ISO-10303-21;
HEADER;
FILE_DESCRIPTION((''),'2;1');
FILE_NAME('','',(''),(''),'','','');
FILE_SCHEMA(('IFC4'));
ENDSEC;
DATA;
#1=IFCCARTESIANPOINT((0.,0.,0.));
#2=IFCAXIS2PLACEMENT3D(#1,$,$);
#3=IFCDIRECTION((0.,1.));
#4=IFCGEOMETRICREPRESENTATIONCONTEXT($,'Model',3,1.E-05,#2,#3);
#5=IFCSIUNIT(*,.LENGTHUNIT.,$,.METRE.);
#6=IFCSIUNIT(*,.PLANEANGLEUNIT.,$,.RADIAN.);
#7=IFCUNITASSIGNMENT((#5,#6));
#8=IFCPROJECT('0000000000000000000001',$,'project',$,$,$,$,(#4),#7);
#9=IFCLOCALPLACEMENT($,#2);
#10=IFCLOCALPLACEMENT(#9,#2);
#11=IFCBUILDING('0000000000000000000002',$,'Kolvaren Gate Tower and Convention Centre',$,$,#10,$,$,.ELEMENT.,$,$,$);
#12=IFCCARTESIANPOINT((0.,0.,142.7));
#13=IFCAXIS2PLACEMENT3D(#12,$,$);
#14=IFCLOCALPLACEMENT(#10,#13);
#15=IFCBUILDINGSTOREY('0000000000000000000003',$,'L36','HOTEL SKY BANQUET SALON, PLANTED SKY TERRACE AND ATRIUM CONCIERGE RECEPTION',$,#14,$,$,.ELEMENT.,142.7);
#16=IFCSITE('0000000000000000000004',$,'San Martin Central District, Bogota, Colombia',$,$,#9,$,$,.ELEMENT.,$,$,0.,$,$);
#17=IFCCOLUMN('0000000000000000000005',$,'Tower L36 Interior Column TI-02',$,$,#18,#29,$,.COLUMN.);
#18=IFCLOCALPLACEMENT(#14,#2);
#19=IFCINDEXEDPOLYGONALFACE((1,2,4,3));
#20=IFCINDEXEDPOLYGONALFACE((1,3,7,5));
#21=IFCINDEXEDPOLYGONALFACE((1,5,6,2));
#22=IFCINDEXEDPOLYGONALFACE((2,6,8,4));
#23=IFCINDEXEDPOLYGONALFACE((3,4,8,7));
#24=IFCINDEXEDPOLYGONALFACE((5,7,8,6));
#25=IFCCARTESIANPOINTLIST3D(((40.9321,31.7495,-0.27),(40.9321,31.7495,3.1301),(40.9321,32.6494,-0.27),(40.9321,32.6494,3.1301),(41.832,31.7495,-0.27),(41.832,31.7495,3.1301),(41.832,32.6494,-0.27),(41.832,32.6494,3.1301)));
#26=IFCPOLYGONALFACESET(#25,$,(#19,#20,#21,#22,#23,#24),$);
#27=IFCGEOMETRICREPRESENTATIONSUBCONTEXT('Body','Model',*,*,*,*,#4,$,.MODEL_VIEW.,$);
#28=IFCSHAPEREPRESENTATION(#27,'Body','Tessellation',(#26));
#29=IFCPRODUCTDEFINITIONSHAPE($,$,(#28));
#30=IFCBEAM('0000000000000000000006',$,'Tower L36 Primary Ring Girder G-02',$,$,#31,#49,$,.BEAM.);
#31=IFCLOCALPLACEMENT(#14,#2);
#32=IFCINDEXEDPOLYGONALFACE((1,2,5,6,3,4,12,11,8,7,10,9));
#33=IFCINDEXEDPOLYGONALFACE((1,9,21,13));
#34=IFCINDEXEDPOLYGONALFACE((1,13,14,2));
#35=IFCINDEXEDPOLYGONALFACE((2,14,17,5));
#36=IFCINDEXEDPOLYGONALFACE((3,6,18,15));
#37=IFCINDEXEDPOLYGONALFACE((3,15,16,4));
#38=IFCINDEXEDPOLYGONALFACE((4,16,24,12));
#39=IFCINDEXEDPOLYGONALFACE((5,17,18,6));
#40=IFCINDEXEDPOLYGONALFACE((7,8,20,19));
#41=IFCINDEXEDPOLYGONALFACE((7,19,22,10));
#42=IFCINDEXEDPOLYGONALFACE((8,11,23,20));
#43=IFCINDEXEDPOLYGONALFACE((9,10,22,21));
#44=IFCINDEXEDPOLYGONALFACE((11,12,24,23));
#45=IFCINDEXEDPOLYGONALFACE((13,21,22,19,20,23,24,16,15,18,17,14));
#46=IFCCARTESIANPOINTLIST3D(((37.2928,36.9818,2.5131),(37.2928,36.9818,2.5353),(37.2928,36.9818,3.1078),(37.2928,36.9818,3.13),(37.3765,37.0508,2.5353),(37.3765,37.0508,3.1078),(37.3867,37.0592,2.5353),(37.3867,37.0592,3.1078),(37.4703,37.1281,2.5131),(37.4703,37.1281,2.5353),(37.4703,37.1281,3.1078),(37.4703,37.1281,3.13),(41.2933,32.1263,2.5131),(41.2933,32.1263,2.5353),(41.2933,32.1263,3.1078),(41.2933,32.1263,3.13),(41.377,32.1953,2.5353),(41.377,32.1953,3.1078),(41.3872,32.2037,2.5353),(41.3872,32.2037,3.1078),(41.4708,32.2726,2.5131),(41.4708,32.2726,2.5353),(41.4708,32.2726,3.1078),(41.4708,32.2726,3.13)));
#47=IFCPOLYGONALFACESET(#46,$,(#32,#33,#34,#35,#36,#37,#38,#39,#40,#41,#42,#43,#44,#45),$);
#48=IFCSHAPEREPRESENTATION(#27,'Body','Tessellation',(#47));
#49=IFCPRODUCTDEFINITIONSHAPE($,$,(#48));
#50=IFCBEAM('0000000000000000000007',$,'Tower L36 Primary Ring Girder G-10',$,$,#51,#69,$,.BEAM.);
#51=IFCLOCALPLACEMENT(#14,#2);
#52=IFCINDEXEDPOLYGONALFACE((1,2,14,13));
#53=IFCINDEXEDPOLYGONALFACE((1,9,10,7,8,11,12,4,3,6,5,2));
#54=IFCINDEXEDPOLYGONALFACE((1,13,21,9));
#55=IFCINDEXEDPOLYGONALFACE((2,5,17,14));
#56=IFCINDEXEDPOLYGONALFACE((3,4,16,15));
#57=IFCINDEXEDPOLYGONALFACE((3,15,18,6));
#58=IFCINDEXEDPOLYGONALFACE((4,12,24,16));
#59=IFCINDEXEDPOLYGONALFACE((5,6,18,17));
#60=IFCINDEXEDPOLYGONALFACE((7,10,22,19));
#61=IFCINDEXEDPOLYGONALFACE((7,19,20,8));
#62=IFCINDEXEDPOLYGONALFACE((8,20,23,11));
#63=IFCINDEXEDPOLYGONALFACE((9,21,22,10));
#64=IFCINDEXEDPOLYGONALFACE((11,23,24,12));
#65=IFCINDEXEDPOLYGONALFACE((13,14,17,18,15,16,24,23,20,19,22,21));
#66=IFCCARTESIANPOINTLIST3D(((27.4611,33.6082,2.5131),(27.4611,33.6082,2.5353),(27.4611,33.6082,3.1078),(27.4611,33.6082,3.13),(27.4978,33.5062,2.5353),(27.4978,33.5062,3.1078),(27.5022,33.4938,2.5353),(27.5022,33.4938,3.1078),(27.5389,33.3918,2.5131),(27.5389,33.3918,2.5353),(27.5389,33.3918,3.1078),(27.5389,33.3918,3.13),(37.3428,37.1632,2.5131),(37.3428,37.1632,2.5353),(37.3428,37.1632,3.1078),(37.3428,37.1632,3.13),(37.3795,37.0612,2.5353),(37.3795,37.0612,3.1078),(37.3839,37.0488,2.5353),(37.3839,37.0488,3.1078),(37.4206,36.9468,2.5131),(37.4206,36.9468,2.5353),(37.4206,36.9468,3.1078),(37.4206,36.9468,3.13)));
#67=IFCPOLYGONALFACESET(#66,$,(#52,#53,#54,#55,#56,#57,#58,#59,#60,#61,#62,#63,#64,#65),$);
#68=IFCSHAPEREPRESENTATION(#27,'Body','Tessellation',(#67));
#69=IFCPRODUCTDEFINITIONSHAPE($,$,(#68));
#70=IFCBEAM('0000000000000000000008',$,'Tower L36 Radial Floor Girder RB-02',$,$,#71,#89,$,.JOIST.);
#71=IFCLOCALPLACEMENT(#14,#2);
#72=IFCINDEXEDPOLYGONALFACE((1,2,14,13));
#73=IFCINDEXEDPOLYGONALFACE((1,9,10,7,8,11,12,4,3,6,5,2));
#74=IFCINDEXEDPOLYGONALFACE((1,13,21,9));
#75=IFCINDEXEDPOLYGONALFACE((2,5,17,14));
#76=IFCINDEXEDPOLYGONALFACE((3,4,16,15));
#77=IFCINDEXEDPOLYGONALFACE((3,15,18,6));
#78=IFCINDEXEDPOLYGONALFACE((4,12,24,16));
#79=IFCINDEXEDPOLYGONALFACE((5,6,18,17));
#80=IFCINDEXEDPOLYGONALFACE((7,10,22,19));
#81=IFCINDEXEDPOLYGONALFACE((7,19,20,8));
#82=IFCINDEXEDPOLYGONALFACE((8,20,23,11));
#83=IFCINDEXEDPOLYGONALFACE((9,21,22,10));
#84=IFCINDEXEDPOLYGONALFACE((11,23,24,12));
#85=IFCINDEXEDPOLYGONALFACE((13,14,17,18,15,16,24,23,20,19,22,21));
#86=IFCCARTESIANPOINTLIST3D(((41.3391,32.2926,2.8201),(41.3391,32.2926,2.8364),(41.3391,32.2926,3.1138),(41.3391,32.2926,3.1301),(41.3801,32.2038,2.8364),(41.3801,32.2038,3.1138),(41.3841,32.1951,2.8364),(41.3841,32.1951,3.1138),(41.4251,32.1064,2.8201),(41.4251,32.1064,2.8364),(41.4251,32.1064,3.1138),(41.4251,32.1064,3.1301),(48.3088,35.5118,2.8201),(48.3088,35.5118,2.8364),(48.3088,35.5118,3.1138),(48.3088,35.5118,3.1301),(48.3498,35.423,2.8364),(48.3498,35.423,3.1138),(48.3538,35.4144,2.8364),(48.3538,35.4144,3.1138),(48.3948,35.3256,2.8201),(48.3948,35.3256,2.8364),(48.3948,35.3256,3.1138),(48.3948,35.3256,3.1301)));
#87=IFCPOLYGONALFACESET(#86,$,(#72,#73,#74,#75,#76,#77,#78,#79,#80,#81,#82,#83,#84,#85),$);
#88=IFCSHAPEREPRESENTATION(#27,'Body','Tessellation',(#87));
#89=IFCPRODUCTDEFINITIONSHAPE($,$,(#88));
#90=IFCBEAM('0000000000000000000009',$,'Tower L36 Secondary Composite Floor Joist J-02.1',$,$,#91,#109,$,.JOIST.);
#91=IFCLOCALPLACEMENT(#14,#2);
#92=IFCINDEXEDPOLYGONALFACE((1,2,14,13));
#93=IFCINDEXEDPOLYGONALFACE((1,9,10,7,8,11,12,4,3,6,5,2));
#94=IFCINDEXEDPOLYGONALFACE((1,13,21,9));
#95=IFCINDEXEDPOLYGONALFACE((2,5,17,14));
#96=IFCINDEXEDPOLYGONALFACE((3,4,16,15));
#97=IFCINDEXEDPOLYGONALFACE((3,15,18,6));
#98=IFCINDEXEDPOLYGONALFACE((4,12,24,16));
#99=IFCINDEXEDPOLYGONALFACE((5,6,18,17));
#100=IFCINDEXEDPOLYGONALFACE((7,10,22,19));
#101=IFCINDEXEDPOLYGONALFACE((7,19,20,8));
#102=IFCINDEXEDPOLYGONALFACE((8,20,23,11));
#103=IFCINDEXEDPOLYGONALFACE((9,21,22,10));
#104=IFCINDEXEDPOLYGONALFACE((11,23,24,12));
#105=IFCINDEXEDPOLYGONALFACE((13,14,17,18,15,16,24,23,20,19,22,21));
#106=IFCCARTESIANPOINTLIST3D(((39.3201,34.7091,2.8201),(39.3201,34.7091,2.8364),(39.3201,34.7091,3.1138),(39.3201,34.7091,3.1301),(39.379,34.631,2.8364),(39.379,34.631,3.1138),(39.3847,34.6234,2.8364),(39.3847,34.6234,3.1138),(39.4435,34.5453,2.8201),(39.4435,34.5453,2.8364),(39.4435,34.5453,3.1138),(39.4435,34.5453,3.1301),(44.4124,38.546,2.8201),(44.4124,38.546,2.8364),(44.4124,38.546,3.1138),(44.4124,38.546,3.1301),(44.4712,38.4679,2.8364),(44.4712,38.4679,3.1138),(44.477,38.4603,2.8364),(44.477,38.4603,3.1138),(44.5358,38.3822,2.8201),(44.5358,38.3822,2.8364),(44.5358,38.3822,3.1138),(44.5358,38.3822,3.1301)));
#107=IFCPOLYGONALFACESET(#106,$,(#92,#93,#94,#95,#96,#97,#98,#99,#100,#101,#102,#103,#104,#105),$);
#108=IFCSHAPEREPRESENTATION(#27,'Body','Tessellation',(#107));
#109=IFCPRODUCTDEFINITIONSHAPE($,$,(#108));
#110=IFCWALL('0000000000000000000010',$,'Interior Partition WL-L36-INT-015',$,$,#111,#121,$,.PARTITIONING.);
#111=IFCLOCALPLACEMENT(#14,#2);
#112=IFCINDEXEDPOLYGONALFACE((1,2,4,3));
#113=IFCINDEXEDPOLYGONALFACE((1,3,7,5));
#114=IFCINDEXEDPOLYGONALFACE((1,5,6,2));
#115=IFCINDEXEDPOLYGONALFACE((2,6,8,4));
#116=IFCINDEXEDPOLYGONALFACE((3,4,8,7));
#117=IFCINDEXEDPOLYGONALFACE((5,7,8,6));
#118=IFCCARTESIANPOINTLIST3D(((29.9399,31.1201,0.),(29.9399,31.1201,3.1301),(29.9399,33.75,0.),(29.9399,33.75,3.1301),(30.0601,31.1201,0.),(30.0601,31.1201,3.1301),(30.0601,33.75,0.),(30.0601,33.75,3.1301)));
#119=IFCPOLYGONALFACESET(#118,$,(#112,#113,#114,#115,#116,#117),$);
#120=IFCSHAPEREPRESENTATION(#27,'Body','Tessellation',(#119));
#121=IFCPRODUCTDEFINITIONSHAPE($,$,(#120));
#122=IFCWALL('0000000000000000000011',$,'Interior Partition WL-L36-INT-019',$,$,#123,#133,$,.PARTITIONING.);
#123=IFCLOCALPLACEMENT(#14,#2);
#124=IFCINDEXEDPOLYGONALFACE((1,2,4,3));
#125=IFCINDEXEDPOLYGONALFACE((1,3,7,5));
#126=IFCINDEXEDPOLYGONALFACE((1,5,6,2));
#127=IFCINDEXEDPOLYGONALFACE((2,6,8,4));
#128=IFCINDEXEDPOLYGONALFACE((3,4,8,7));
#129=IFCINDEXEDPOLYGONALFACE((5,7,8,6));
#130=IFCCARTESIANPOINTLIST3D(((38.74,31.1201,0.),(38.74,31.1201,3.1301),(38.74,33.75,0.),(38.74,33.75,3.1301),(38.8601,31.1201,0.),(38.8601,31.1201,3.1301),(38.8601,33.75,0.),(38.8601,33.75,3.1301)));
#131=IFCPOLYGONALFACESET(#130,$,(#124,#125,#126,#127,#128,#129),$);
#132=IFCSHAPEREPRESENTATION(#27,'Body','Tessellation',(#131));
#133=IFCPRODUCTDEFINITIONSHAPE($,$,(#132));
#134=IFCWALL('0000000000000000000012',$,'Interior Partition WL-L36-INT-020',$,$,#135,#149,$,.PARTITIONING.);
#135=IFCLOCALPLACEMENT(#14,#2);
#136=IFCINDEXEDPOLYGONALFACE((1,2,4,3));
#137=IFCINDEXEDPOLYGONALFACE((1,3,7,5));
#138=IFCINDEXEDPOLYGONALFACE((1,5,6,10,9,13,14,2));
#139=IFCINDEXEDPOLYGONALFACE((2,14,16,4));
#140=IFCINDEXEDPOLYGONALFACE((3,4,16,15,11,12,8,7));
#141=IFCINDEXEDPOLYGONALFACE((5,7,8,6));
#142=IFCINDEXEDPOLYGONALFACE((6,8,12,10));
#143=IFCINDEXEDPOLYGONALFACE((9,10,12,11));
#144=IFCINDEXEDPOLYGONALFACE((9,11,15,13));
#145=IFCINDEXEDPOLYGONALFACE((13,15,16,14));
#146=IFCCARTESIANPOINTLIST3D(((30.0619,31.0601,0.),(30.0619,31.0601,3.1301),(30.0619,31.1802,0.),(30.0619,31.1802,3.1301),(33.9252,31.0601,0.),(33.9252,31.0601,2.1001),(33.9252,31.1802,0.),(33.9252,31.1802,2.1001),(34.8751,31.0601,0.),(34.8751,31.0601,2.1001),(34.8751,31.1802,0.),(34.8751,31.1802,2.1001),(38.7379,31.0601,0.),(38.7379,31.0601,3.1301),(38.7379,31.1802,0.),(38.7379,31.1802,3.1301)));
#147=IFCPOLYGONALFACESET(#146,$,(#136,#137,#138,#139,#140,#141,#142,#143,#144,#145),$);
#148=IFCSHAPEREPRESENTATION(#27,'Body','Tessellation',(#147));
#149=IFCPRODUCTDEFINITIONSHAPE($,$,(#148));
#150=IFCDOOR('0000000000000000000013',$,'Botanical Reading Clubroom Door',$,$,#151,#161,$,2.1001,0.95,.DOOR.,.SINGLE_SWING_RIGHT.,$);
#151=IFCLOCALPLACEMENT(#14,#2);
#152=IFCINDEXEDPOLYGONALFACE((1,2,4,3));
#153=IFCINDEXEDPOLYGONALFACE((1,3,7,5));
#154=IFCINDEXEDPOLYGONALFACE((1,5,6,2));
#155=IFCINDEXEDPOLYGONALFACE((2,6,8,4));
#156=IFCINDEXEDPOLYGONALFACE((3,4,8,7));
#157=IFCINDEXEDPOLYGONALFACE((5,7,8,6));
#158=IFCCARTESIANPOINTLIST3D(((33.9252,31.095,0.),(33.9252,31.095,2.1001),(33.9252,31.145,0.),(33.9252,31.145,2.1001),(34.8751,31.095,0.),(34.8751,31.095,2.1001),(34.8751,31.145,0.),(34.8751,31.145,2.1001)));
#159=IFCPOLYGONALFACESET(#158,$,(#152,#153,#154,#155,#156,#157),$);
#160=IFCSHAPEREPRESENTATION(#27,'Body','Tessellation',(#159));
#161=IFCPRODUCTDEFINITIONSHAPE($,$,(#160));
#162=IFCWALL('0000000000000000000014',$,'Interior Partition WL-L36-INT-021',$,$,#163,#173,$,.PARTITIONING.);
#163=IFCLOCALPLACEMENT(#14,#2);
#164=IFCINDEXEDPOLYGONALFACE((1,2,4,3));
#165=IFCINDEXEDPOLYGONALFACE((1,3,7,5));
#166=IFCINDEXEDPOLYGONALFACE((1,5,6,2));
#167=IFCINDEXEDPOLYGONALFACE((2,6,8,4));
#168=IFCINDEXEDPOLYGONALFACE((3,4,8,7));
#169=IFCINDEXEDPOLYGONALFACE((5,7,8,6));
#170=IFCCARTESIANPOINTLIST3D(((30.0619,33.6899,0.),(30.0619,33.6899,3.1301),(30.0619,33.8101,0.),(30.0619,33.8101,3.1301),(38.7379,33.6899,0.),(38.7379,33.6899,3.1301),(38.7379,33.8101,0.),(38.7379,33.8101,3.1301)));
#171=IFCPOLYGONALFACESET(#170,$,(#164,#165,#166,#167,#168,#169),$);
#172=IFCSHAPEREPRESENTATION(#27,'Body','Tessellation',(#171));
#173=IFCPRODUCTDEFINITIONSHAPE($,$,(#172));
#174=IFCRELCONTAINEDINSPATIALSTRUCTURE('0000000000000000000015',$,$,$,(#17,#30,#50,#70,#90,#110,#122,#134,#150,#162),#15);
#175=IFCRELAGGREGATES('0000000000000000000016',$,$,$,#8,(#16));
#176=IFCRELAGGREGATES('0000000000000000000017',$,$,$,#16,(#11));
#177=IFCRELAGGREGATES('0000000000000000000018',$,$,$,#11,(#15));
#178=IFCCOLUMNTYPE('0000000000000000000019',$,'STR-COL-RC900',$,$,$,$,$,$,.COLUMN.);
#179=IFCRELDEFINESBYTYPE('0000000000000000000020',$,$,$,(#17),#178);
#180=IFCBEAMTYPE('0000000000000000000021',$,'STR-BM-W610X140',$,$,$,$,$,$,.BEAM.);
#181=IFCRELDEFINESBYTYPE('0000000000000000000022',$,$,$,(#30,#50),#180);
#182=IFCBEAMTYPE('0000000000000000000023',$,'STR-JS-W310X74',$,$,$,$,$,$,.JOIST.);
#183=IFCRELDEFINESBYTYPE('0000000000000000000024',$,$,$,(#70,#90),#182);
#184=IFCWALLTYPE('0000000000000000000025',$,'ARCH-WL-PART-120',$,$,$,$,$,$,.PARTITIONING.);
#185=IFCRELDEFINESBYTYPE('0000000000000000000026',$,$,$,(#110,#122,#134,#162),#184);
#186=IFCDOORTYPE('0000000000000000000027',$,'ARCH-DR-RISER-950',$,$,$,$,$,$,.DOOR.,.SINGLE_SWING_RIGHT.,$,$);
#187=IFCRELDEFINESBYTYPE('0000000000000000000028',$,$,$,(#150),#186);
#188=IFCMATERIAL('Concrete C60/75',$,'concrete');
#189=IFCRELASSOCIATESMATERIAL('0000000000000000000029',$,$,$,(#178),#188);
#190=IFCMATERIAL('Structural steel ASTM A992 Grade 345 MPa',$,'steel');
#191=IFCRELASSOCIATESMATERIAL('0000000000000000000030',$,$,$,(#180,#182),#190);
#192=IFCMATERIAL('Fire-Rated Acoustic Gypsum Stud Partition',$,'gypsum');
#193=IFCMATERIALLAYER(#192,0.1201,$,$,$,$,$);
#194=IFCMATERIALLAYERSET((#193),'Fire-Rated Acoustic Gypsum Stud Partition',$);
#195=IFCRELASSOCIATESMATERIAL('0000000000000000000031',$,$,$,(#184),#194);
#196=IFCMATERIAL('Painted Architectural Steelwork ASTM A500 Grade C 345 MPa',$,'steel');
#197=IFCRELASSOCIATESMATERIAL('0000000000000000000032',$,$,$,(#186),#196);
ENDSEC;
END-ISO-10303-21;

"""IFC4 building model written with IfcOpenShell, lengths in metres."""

from ifc_helpers import new_model, si_unit, direction, frame, frame_2d, origin, origin_2d, place, context, subcontext, project, spatial, rectangle, i_section, extrude, material, layer, layer_set, material_profile, profile_set, type_object, element, fill, save


model = new_model("IFC4")

# Units and contexts
model_context = context("Model", 3, precision=1e-05, world=origin(), true_north=direction((0.0, 1.0)))
body_context = subcontext(model_context, "Body", "Model", "MODEL_VIEW")
ifc_project = project(units=[si_unit("LENGTHUNIT", "METRE"), si_unit("PLANEANGLEUNIT", "RADIAN")], contexts=[model_context])

# Site, building, storey
site_placement = place(None, origin())
site = spatial("IfcSite", under=ifc_project, at=site_placement, Name="San Martin Central District, Bogota, Colombia", CompositionType="ELEMENT", RefElevation=0.0)
building_placement = place(site_placement, origin())
building = spatial("IfcBuilding", under=site, at=building_placement, Name="Kolvaren Gate Tower and Convention Centre", CompositionType="ELEMENT")
storey_placement = place(building_placement, frame((0.0, 0.0, 142.7)))
storey = spatial("IfcBuildingStorey", under=building, at=storey_placement, Name="L36", Description="HOTEL SKY BANQUET SALON, PLANTED SKY TERRACE AND ATRIUM CONCIERGE RECEPTION", CompositionType="ELEMENT", Elevation=142.7)

# Column
ifc_material_1 = material(Name="Concrete C60/75", Category="concrete")
ifc_material_profile_1 = material_profile(ifc_material_1, rectangle(XDim=0.8999, YDim=0.8999, at=origin_2d()), Name="RC-COL-900X900")
ifc_profile_set_1 = profile_set([ifc_material_profile_1], Name="Concrete C60/75")
column_type = type_object("IfcColumnType", Name="STR-COL-RC900", PredefinedType="COLUMN", material=ifc_profile_set_1)
column_placement = place(storey_placement, frame((41.3821, 32.1995, -0.27), z_axis=(0.0, 0.0, 1.0), x_axis=(1.0, 0.0, 0.0)))
element("IfcColumn", 1, at=column_placement, inside=storey, type_object=column_type, Name="Tower L36 Interior Column TI-02", PredefinedType="COLUMN", context=body_context, shape_type="SweptSolid", body=[
    extrude(rectangle(XDim=0.8999, YDim=0.8999, at=origin_2d()), origin(), (0.0, 0.0, 1.0), 3.4001),
])

# Beams
ifc_material_2 = material(Name="Structural steel ASTM A992 Grade 345 MPa", Category="steel")
ifc_material_profile_2 = material_profile(ifc_material_2, i_section(OverallWidth=0.23, OverallDepth=0.6169, WebThickness=0.0132, FlangeThickness=0.0222, at=origin_2d()), Name="W610X140")
ifc_profile_set_2 = profile_set([ifc_material_profile_2], Name="Structural steel ASTM A992 Grade 345 MPa")
beam_type_1 = type_object("IfcBeamType", Name="STR-BM-W610X140", PredefinedType="BEAM", material=ifc_profile_set_2)
beam_1_placement = place(storey_placement, frame((41.3821, 32.1995, 2.8215), z_axis=(-0.635884, 0.771785, 0.0), x_axis=(-0.771785, -0.635884, 0.0)))
element("IfcBeam", 2, at=beam_1_placement, inside=storey, type_object=beam_type_1, Name="Tower L36 Primary Ring Girder G-02", PredefinedType="BEAM", context=body_context, shape_type="SweptSolid", body=[
    extrude(i_section(OverallWidth=0.23, OverallDepth=0.6169, WebThickness=0.0132, FlangeThickness=0.0222, at=origin_2d()), origin(), (0.0, 0.0, 1.0), 6.2913),
])
beam_2_placement = place(storey_placement, frame((27.5, 33.5, 2.8215), z_axis=(0.940961, 0.338514, 0.0), x_axis=(-0.338514, 0.940961, 0.0)))
element("IfcBeam", 3, at=beam_2_placement, inside=storey, type_object=beam_type_1, Name="Tower L36 Primary Ring Girder G-10", PredefinedType="BEAM", context=body_context, shape_type="SweptSolid", body=[
    extrude(i_section(OverallWidth=0.23, OverallDepth=0.6169, WebThickness=0.0132, FlangeThickness=0.0222, at=origin_2d()), origin(), (0.0, 0.0, 1.0), 10.5017),
])
ifc_material_profile_3 = material_profile(ifc_material_2, i_section(OverallWidth=0.2051, OverallDepth=0.3101, WebThickness=0.0095, FlangeThickness=0.0164, at=origin_2d()), Name="W310X74")
ifc_profile_set_3 = profile_set([ifc_material_profile_3], Name="Structural steel ASTM A992 Grade 345 MPa")
beam_type_2 = type_object("IfcBeamType", Name="STR-JS-W310X74", PredefinedType="JOIST", material=ifc_profile_set_3)
beam_3_placement = place(storey_placement, frame((41.3821, 32.1995, 2.9751), z_axis=(0.907838, 0.41932, 0.0), x_axis=(-0.41932, 0.907838, 0.0)))
element("IfcBeam", 4, at=beam_3_placement, inside=storey, type_object=beam_type_2, Name="Tower L36 Radial Floor Girder RB-02", PredefinedType="JOIST", context=body_context, shape_type="SweptSolid", body=[
    extrude(i_section(OverallWidth=0.2051, OverallDepth=0.3101, WebThickness=0.0095, FlangeThickness=0.0164, at=origin_2d()), origin(), (0.0, 0.0, 1.0), 7.6772),
])
beam_4_placement = place(storey_placement, frame((39.3818, 34.6272, 2.9751), z_axis=(0.798666, 0.601775, 0.0), x_axis=(-0.601775, 0.798666, 0.0)))
element("IfcBeam", 5, at=beam_4_placement, inside=storey, type_object=beam_type_2, Name="Tower L36 Secondary Composite Floor Joist J-02.1", PredefinedType="JOIST", context=body_context, shape_type="SweptSolid", body=[
    extrude(i_section(OverallWidth=0.2051, OverallDepth=0.3101, WebThickness=0.0095, FlangeThickness=0.0164, at=origin_2d()), origin(), (0.0, 0.0, 1.0), 6.376),
])

# Walls
ifc_material_3 = material(Name="Fire-Rated Acoustic Gypsum Stud Partition", Category="gypsum")
ifc_layer_1 = layer(ifc_material_3, 0.1201)
ifc_layer_set_1 = layer_set([ifc_layer_1], Name="Fire-Rated Acoustic Gypsum Stud Partition")
wall_type_1 = type_object("IfcWallType", Name="ARCH-WL-PART-120", PredefinedType="PARTITIONING", material=ifc_layer_set_1)
for number, where, z_axis, x_axis, name in (
    (6, (30.0, 31.1201, 0.0), (0.0, 0.0, 1.0), (0.0, 1.0, 0.0), "Interior Partition WL-L36-INT-015"),
    (7, (38.8, 31.1201, 0.0), (0.0, 0.0, 1.0), (0.0, 1.0, 0.0), "Interior Partition WL-L36-INT-019"),
):
    element("IfcWall", number, at=place(storey_placement, frame(where, z_axis=z_axis, x_axis=x_axis)), inside=storey, type_object=wall_type_1, Name=name, PredefinedType="PARTITIONING", context=body_context, shape_type="SweptSolid", body=[
        extrude(rectangle(XDim=2.6299, YDim=0.1201, at=frame_2d((1.3149, 0.0))), origin(), (0.0, 0.0, 1.0), 3.1301),
    ])

# Wall, opening, door
wall_1_placement = place(storey_placement, frame((30.062, 31.1201, 0.0), z_axis=(0.0, 0.0, 1.0), x_axis=(1.0, 0.0, 0.0)))
wall_1 = element("IfcWall", 8, at=wall_1_placement, inside=storey, type_object=wall_type_1, Name="Interior Partition WL-L36-INT-020", PredefinedType="PARTITIONING", context=body_context, shape_type="SweptSolid", body=[
    extrude(rectangle(XDim=8.676, YDim=0.1201, at=frame_2d((4.3379, 0.0))), origin(), (0.0, 0.0, 1.0), 3.1301),
])
opening_1_placement = place(wall_1_placement, frame((3.863, 0.0, 0.0)))
opening_1 = element("IfcOpeningElement", 9, at=opening_1_placement, cuts=wall_1, PredefinedType="OPENING", context=body_context, shape_type="SweptSolid", body=[
    extrude(rectangle(XDim=0.95, YDim=2.1001, at=frame_2d((0.4751, 1.05))), frame((0.0, 0.0701, 0.0), z_axis=(0.0, -1.0, 0.0), x_axis=(1.0, 0.0, 0.0)), (0.0, 0.0, 1.0), 0.1401),
])
ifc_material_4 = material(Name="Painted Architectural Steelwork ASTM A500 Grade C 345 MPa", Category="steel")
door_type = type_object("IfcDoorType", Name="ARCH-DR-RISER-950", OperationType="SINGLE_SWING_RIGHT", PredefinedType="DOOR", material=ifc_material_4)
door_1_placement = place(opening_1_placement, origin())
door_1 = element("IfcDoor", 10, at=door_1_placement, inside=storey, type_object=door_type, Name="Botanical Reading Clubroom Door", OperationType="SINGLE_SWING_RIGHT", OverallHeight=2.1001, OverallWidth=0.95, PredefinedType="DOOR", context=body_context, shape_type="SweptSolid", body=[
    extrude(rectangle(XDim=0.95, YDim=2.1001, at=frame_2d((0.4751, 1.05))), frame((0.0, 0.0249, 0.0), z_axis=(0.0, -1.0, 0.0), x_axis=(1.0, 0.0, 0.0)), (0.0, 0.0, 1.0), 0.05),
])
fill(opening_1, door_1)

# Wall
wall_2_placement = place(storey_placement, frame((30.062, 33.75, 0.0), z_axis=(0.0, 0.0, 1.0), x_axis=(1.0, 0.0, 0.0)))
element("IfcWall", 11, at=wall_2_placement, inside=storey, type_object=wall_type_1, Name="Interior Partition WL-L36-INT-021", PredefinedType="PARTITIONING", context=body_context, shape_type="SweptSolid", body=[
    extrude(rectangle(XDim=8.676, YDim=0.1201, at=frame_2d((4.3379, 0.0))), origin(), (0.0, 0.0, 1.0), 3.1301),
])

save(model, "model.ifc")
